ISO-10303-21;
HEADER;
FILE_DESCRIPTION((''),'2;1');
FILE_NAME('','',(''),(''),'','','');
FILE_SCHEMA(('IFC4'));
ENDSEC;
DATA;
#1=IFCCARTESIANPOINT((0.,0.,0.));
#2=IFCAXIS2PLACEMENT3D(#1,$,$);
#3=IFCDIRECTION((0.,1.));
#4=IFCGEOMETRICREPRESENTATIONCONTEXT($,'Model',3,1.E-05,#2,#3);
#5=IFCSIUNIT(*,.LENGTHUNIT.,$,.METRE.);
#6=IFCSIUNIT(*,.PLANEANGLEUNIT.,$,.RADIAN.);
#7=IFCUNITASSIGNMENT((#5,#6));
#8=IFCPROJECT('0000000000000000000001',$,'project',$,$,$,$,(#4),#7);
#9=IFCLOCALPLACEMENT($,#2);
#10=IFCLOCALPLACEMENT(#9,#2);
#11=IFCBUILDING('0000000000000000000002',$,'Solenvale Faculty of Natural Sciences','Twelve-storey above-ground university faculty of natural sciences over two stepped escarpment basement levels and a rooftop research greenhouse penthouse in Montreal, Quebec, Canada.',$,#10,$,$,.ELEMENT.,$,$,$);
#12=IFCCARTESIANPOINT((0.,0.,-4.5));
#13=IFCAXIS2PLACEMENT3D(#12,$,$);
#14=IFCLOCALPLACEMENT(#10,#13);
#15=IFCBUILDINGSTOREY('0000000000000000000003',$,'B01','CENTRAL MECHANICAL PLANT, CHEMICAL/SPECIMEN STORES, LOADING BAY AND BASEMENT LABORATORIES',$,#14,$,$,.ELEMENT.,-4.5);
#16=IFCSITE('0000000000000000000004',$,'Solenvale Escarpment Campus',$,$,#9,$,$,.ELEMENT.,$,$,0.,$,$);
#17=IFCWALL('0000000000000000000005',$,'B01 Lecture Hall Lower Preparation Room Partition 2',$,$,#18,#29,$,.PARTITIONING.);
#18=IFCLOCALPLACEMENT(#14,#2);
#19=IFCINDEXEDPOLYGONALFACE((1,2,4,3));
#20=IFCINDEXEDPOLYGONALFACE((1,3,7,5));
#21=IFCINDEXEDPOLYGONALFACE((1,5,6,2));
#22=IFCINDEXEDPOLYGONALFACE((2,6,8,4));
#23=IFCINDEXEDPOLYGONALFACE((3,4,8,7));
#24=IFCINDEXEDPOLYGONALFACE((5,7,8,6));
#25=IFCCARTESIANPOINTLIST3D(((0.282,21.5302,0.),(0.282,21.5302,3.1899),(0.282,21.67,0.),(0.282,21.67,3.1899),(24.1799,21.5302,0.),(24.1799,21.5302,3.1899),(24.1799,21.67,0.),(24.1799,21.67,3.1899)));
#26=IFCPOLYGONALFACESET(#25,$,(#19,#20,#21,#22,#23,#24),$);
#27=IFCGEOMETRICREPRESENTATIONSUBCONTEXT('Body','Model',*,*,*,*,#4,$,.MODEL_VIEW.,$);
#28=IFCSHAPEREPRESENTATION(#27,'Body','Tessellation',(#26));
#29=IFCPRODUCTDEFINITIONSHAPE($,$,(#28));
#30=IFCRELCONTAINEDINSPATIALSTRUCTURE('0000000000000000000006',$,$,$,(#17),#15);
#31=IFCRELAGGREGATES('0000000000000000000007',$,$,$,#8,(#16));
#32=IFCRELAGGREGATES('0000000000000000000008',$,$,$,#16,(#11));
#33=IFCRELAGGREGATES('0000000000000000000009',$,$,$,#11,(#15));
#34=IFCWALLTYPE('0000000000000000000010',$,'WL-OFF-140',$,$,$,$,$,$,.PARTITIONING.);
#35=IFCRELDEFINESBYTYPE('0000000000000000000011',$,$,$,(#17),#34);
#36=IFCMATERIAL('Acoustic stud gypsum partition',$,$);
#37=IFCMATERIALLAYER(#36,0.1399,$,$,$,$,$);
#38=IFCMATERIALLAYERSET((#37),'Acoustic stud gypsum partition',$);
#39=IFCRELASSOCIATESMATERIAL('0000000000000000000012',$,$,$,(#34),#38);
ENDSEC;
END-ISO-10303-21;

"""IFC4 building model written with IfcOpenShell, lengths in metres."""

from ifc_helpers import new_model, si_unit, direction, frame, frame_2d, origin, place, context, subcontext, project, spatial, rectangle, extrude, material, layer, layer_set, type_object, element, save


model = new_model("IFC4")

# Units and contexts
model_context = context("Model", 3, precision=1e-05, world=origin(), true_north=direction((0.0, 1.0)))
body_context = subcontext(model_context, "Body", "Model", "MODEL_VIEW")
ifc_project = project(units=[si_unit("LENGTHUNIT", "METRE"), si_unit("PLANEANGLEUNIT", "RADIAN")], contexts=[model_context])

# Site, building, storey
site_placement = place(None, origin())
site = spatial("IfcSite", under=ifc_project, at=site_placement, Name="Solenvale Escarpment Campus", CompositionType="ELEMENT", RefElevation=0.0)
building_placement = place(site_placement, origin())
building = spatial("IfcBuilding", under=site, at=building_placement, Name="Solenvale Faculty of Natural Sciences", Description="Twelve-storey above-ground university faculty of natural sciences over two stepped escarpment basement levels and a rooftop research greenhouse penthouse in Montreal, Quebec, Canada.", CompositionType="ELEMENT")
storey_placement = place(building_placement, frame((0.0, 0.0, -4.5)))
storey = spatial("IfcBuildingStorey", under=building, at=storey_placement, Name="B01", Description="CENTRAL MECHANICAL PLANT, CHEMICAL/SPECIMEN STORES, LOADING BAY AND BASEMENT LABORATORIES", CompositionType="ELEMENT", Elevation=-4.5)

# Wall
ifc_material_1 = material(Name="Acoustic stud gypsum partition")
ifc_layer = layer(ifc_material_1, 0.1399)
ifc_layer_set = layer_set([ifc_layer], Name="Acoustic stud gypsum partition")
wall_type = type_object("IfcWallType", Name="WL-OFF-140", PredefinedType="PARTITIONING", material=ifc_layer_set)
wall_placement = place(storey_placement, frame((0.282, 21.6001, 0.0), z_axis=(0.0, 0.0, 1.0), x_axis=(1.0, 0.0, 0.0)))
element("IfcWall", 1, at=wall_placement, inside=storey, type_object=wall_type, Name="B01 Lecture Hall Lower Preparation Room Partition 2", PredefinedType="PARTITIONING", context=body_context, shape_type="SweptSolid", body=[
    extrude(rectangle(XDim=23.8979, YDim=0.1399, at=frame_2d((11.949, 0.0))), origin(), (0.0, 0.0, 1.0), 3.1899),
])

save(model, "model.ifc")
